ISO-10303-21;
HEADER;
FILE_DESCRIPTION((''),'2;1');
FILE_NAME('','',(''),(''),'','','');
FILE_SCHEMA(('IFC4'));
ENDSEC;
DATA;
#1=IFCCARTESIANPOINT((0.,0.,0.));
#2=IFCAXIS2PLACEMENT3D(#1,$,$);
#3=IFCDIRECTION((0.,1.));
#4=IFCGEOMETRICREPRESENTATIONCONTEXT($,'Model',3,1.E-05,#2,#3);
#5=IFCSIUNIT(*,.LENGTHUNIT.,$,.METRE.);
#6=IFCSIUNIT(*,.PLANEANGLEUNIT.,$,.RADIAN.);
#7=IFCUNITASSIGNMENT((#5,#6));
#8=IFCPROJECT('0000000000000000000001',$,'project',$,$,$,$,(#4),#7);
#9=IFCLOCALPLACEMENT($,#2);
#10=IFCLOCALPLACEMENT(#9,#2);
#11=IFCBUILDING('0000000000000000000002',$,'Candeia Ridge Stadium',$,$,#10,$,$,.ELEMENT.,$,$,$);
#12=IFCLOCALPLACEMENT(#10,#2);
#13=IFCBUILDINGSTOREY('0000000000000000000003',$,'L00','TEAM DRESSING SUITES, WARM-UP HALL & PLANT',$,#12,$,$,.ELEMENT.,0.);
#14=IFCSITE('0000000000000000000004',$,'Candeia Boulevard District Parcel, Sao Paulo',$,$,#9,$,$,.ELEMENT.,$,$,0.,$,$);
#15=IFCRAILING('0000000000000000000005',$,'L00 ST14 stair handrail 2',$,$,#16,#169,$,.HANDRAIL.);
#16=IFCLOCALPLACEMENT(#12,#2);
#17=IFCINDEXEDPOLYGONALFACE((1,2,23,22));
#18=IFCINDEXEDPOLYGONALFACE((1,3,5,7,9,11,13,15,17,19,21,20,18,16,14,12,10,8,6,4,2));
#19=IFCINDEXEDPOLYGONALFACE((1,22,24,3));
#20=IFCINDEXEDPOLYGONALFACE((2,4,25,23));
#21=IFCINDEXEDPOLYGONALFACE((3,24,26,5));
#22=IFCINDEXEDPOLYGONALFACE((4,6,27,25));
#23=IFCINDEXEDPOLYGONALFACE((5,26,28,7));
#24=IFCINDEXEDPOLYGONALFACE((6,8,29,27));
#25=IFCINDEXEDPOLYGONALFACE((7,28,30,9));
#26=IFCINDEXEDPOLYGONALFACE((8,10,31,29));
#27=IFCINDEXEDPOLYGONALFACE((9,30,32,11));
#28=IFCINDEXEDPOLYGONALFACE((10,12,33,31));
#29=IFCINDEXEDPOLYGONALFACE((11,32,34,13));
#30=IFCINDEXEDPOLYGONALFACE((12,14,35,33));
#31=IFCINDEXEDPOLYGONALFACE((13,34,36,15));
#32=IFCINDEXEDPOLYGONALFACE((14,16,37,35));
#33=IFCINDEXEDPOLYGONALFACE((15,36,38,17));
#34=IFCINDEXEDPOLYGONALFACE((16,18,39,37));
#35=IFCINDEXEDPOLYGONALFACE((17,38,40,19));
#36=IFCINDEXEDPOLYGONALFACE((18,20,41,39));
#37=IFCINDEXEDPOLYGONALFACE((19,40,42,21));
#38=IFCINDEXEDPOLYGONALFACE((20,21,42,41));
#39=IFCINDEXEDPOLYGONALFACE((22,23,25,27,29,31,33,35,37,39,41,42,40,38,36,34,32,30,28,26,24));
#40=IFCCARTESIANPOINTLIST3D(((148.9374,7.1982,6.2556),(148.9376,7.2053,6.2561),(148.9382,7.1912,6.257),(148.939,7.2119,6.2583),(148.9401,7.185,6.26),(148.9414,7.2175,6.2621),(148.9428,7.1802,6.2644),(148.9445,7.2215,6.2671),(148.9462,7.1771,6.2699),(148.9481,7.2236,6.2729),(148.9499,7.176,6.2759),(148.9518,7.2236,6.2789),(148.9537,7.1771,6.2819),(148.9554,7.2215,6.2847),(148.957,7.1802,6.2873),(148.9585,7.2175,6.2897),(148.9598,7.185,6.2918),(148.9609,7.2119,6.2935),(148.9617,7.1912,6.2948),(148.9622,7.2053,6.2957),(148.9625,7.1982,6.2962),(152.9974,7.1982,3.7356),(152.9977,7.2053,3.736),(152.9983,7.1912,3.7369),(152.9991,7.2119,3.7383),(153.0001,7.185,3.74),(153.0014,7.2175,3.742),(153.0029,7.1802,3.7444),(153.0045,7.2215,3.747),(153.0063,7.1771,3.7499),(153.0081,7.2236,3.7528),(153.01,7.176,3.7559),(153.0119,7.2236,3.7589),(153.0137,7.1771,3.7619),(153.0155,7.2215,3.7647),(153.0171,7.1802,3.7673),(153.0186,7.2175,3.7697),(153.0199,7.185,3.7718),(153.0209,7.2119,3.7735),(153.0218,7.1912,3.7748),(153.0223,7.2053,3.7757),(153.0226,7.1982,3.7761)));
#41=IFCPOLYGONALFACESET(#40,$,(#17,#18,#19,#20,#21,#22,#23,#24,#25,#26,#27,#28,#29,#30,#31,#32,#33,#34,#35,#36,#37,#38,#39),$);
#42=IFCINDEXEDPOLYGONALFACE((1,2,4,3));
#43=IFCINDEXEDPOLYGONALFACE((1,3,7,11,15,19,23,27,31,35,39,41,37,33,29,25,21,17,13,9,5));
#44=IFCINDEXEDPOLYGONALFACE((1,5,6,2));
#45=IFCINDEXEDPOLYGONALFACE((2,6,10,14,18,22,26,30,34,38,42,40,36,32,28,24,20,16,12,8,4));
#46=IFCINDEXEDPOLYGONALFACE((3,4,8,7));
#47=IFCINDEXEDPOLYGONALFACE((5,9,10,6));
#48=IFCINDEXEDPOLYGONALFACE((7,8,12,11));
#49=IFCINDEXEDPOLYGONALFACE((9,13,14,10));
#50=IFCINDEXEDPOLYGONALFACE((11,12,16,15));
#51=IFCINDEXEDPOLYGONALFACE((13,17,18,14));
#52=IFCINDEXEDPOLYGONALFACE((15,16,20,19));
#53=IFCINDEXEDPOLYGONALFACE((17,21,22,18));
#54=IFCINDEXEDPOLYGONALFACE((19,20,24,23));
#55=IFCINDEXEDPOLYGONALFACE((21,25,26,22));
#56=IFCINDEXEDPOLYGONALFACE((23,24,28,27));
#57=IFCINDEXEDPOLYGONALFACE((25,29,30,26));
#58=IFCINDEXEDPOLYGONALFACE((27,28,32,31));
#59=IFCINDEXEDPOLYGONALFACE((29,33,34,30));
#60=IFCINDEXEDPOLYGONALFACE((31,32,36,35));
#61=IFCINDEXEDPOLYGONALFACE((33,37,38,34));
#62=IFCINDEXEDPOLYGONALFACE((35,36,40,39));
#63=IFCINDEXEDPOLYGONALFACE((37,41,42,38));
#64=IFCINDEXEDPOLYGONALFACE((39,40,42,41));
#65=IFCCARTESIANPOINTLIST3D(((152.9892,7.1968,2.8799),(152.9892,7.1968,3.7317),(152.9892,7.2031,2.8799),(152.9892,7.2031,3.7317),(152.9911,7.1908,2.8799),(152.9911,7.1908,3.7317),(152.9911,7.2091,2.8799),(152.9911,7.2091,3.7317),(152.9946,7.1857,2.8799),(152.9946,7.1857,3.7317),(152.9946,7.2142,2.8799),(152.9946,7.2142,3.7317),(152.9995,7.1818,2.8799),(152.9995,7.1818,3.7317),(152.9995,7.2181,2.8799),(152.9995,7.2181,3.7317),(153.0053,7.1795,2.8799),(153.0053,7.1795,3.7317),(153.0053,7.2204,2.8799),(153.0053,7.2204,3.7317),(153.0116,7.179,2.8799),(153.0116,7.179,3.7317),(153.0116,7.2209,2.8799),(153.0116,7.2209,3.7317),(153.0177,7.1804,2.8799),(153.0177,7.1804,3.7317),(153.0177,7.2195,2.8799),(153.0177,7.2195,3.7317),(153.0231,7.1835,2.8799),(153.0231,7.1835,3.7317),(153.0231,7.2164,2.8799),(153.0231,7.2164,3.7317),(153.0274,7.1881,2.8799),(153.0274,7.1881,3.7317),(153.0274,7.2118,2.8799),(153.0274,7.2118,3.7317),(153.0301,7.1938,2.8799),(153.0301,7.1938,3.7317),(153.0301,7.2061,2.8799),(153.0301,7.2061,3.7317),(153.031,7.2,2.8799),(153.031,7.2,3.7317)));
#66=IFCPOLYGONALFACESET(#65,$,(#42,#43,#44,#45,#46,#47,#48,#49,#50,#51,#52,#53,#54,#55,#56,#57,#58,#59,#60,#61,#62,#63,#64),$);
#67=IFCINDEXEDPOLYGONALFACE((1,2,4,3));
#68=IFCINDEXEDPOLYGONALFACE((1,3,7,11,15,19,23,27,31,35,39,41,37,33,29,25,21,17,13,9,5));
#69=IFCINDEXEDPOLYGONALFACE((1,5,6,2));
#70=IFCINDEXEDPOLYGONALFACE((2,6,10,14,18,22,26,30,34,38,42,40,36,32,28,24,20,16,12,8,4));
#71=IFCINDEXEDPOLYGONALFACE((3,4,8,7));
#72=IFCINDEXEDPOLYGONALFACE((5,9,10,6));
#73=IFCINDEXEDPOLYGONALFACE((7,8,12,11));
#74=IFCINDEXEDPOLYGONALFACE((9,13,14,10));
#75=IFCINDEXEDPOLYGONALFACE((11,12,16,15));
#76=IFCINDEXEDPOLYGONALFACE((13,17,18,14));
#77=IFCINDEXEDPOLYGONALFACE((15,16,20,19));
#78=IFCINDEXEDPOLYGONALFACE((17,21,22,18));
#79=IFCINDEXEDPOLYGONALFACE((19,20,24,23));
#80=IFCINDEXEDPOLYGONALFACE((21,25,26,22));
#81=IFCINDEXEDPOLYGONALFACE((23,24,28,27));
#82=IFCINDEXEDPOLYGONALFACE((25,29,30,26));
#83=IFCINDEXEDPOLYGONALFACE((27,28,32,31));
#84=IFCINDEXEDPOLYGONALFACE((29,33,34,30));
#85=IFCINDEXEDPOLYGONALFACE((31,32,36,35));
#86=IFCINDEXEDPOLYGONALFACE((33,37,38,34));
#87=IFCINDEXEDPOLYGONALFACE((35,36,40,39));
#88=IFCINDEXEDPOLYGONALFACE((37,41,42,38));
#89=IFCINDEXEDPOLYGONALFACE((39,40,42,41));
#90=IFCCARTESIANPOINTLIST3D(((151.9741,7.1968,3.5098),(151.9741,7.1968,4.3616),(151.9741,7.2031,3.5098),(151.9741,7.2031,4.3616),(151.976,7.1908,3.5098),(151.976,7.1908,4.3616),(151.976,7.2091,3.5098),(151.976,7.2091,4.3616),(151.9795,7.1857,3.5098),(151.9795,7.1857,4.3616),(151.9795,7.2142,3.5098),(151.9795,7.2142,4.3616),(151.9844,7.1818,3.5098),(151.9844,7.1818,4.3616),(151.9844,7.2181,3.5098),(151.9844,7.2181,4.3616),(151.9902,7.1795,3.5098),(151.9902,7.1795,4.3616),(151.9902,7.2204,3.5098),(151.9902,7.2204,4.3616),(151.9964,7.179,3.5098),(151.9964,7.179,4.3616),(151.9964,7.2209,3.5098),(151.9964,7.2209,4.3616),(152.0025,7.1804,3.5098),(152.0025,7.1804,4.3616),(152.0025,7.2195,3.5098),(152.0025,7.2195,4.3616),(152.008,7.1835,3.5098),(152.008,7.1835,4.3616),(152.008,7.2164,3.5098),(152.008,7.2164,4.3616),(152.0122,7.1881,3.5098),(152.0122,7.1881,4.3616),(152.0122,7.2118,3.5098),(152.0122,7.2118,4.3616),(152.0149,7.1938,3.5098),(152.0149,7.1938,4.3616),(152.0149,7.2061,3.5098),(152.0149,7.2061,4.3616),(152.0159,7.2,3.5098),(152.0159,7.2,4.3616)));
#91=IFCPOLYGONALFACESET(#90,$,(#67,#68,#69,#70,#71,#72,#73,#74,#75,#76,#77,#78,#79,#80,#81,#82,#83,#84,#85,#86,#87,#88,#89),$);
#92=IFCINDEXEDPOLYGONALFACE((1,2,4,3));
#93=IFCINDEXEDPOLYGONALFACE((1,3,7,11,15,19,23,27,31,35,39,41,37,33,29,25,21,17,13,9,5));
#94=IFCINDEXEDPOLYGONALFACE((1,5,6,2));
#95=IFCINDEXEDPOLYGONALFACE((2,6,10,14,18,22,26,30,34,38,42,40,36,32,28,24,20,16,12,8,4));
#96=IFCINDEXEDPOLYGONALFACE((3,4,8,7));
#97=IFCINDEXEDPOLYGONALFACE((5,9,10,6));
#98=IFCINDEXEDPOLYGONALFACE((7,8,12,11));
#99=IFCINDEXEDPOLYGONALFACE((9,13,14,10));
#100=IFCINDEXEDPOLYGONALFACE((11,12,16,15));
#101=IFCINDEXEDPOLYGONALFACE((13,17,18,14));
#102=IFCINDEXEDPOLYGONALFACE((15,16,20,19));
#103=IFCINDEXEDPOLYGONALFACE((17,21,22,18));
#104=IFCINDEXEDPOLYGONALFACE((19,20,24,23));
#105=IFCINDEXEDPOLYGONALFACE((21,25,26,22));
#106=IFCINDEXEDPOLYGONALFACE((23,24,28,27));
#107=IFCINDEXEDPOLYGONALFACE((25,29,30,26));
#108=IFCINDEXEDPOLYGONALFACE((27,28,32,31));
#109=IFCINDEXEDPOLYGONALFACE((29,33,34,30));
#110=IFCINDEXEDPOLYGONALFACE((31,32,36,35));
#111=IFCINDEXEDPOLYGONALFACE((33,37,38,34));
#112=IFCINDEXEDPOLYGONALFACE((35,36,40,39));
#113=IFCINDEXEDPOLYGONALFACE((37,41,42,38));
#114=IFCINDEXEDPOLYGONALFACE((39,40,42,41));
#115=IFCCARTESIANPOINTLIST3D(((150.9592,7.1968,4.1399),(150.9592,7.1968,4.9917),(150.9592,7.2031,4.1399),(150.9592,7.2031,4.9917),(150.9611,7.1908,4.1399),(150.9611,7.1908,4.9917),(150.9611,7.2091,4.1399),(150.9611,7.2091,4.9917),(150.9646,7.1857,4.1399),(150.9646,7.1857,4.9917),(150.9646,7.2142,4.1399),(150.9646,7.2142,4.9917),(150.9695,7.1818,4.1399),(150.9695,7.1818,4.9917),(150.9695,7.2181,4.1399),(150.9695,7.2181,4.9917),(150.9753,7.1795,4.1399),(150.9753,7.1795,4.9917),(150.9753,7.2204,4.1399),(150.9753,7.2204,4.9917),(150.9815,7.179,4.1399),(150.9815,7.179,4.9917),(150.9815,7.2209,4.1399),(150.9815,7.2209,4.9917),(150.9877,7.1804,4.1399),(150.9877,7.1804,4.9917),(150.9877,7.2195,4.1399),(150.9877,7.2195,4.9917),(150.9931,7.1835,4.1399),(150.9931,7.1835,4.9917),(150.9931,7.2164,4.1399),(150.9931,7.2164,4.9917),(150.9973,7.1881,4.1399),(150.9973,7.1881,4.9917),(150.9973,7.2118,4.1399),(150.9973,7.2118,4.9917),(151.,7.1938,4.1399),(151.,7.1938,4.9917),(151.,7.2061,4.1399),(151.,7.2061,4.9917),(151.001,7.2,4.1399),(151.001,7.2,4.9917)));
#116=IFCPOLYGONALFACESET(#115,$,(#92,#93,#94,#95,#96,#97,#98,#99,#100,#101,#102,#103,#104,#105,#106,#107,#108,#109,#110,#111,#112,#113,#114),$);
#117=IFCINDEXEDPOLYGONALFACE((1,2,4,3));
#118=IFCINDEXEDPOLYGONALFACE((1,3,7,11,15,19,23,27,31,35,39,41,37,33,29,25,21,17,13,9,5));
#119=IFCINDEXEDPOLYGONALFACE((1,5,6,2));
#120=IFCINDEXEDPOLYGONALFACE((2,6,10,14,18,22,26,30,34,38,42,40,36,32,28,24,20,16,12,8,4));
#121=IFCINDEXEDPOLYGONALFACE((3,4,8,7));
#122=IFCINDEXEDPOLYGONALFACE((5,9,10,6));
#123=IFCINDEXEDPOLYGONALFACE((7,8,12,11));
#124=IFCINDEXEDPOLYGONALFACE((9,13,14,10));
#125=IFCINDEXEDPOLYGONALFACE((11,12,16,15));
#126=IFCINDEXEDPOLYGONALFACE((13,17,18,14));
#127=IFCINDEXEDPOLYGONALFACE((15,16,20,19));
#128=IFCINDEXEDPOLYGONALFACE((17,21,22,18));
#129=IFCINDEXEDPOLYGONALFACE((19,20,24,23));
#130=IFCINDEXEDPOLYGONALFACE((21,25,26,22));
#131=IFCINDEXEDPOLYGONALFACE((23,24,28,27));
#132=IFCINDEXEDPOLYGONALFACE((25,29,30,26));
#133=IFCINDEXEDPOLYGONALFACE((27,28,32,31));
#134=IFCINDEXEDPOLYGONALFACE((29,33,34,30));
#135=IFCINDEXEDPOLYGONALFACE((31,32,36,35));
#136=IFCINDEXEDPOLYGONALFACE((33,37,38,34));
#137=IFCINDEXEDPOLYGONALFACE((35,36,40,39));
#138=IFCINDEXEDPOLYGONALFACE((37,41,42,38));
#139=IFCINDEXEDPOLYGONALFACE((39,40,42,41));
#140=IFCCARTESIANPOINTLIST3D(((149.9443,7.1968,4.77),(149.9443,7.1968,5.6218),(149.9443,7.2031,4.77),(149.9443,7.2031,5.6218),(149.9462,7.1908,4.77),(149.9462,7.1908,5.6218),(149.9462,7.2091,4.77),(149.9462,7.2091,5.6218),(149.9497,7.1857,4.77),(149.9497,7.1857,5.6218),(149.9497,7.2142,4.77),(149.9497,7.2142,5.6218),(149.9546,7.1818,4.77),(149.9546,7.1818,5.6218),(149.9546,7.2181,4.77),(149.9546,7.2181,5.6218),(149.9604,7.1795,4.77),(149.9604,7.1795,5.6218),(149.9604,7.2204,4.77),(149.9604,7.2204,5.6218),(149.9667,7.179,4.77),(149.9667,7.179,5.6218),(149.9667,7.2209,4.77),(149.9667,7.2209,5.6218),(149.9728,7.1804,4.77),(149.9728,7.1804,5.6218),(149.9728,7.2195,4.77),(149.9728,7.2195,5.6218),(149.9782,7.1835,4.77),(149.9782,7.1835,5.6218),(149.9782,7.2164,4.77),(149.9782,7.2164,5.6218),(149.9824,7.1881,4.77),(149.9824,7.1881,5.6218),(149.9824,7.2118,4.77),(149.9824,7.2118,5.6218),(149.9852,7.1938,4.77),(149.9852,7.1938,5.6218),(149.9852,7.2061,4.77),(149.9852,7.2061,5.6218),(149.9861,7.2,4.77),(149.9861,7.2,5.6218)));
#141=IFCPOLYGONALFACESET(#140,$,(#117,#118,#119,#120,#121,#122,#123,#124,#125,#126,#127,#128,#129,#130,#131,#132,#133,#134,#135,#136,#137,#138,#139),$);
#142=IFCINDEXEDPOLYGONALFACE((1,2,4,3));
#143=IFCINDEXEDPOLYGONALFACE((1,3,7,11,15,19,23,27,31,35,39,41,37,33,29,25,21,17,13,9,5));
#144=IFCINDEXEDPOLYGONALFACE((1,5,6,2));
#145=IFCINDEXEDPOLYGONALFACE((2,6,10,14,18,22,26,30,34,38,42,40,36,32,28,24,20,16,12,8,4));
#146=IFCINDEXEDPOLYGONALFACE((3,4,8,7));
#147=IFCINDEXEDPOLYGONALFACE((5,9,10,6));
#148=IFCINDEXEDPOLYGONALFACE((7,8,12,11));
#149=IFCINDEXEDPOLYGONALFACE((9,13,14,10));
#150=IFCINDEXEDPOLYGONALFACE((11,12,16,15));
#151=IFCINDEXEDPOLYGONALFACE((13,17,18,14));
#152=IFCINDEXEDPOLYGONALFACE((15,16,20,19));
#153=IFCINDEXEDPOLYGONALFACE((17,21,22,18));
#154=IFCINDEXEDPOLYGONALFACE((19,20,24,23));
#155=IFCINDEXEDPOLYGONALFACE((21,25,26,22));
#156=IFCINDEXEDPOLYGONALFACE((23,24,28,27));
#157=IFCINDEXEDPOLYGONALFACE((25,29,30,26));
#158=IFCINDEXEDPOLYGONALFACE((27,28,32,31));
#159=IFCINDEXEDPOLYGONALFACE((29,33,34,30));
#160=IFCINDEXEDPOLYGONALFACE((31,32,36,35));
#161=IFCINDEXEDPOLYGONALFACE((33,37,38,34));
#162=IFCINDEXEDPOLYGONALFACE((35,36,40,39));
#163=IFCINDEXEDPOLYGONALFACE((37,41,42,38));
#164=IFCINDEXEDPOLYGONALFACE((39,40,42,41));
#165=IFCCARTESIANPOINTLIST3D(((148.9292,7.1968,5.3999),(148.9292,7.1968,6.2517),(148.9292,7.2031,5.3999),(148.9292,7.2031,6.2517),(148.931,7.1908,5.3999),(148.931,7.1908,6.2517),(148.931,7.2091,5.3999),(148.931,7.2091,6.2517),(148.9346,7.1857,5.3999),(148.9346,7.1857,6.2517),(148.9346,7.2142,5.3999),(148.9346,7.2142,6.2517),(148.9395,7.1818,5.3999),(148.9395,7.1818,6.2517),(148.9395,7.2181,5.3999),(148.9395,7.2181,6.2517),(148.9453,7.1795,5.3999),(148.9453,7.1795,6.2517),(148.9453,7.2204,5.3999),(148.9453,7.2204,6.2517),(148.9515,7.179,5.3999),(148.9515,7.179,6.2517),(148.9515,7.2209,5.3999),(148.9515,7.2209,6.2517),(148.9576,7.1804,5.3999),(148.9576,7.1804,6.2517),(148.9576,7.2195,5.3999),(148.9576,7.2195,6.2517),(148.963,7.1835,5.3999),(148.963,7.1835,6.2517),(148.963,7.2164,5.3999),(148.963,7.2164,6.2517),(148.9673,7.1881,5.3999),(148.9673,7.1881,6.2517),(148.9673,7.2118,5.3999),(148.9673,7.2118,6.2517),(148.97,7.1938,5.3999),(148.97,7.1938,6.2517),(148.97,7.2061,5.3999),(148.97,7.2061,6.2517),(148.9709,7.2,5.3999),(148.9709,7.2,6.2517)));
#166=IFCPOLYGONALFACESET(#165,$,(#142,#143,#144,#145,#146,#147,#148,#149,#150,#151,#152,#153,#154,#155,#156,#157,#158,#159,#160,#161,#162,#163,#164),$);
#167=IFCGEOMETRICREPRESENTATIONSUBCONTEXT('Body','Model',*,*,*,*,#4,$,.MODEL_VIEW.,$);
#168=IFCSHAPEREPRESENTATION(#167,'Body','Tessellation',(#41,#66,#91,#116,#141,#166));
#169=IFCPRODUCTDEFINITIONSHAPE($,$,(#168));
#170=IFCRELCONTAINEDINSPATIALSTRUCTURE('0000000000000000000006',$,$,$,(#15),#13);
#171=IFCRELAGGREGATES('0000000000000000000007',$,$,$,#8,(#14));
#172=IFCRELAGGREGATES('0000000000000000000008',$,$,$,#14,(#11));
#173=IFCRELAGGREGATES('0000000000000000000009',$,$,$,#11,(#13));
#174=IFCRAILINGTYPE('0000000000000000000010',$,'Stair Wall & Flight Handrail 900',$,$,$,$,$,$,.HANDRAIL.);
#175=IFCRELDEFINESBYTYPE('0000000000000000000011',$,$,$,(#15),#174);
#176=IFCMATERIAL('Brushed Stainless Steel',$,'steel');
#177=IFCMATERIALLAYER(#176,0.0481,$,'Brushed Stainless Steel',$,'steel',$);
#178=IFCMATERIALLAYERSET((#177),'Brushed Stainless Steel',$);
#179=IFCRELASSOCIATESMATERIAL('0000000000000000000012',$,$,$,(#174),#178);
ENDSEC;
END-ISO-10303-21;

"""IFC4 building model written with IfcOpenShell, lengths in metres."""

from ifc_helpers import new_model, si_unit, direction, frame, origin, origin_2d, place, context, subcontext, project, spatial, circle, extrude, material, layer, layer_set, type_object, element, save


model = new_model("IFC4")

# Units and contexts
model_context = context("Model", 3, precision=1e-05, world=origin(), true_north=direction((0.0, 1.0)))
body_context = subcontext(model_context, "Body", "Model", "MODEL_VIEW")
ifc_project = project(units=[si_unit("LENGTHUNIT", "METRE"), si_unit("PLANEANGLEUNIT", "RADIAN")], contexts=[model_context])

# Site, building, storey
site_placement = place(None, origin())
site = spatial("IfcSite", under=ifc_project, at=site_placement, Name="Candeia Boulevard District Parcel, Sao Paulo", CompositionType="ELEMENT", RefElevation=0.0)
building_placement = place(site_placement, origin())
building = spatial("IfcBuilding", under=site, at=building_placement, Name="Candeia Ridge Stadium", CompositionType="ELEMENT")
storey_placement = place(building_placement, origin())
storey = spatial("IfcBuildingStorey", under=building, at=storey_placement, Name="L00", Description="TEAM DRESSING SUITES, WARM-UP HALL & PLANT", CompositionType="ELEMENT", Elevation=0.0)

# Railing
ifc_material_1 = material(Name="Brushed Stainless Steel", Category="steel")
ifc_layer_1 = layer(ifc_material_1, 0.0481, Name="Brushed Stainless Steel", Category="steel")
ifc_layer_set_1 = layer_set([ifc_layer_1], Name="Brushed Stainless Steel")
railing_type_1 = type_object("IfcRailingType", Name="Stair Wall & Flight Handrail 900", PredefinedType="HANDRAIL", material=ifc_layer_set_1)
railing_1_placement = place(storey_placement, frame((153.01, 7.2, 2.8799)))
element("IfcRailing", 1, at=railing_1_placement, inside=storey, type_object=railing_type_1, Name="L00 ST14 stair handrail 2", PredefinedType="HANDRAIL", context=body_context, shape_type="SweptSolid", body=[
    extrude(circle(Radius=0.0239, at=origin_2d()), frame((0.0, 0.0, 0.876), z_axis=(-0.849642, 0.0, 0.52736), x_axis=(0.0, -1.0, 0.0)), (0.0, 0.0, 1.0), 4.7786),
    extrude(circle(Radius=0.021, at=origin_2d()), origin(), (0.0, 0.0, 1.0), 0.8518),
    extrude(circle(Radius=0.021, at=origin_2d()), frame((-1.0151, 0.0, 0.6299)), (0.0, 0.0, 1.0), 0.8518),
    extrude(circle(Radius=0.021, at=origin_2d()), frame((-2.03, 0.0, 1.26)), (0.0, 0.0, 1.0), 0.8518),
    extrude(circle(Radius=0.021, at=origin_2d()), frame((-3.0449, 0.0, 1.8901)), (0.0, 0.0, 1.0), 0.8518),
    extrude(circle(Radius=0.021, at=origin_2d()), frame((-4.0601, 0.0, 2.52)), (0.0, 0.0, 1.0), 0.8518),
])

save(model, "model.ifc")
